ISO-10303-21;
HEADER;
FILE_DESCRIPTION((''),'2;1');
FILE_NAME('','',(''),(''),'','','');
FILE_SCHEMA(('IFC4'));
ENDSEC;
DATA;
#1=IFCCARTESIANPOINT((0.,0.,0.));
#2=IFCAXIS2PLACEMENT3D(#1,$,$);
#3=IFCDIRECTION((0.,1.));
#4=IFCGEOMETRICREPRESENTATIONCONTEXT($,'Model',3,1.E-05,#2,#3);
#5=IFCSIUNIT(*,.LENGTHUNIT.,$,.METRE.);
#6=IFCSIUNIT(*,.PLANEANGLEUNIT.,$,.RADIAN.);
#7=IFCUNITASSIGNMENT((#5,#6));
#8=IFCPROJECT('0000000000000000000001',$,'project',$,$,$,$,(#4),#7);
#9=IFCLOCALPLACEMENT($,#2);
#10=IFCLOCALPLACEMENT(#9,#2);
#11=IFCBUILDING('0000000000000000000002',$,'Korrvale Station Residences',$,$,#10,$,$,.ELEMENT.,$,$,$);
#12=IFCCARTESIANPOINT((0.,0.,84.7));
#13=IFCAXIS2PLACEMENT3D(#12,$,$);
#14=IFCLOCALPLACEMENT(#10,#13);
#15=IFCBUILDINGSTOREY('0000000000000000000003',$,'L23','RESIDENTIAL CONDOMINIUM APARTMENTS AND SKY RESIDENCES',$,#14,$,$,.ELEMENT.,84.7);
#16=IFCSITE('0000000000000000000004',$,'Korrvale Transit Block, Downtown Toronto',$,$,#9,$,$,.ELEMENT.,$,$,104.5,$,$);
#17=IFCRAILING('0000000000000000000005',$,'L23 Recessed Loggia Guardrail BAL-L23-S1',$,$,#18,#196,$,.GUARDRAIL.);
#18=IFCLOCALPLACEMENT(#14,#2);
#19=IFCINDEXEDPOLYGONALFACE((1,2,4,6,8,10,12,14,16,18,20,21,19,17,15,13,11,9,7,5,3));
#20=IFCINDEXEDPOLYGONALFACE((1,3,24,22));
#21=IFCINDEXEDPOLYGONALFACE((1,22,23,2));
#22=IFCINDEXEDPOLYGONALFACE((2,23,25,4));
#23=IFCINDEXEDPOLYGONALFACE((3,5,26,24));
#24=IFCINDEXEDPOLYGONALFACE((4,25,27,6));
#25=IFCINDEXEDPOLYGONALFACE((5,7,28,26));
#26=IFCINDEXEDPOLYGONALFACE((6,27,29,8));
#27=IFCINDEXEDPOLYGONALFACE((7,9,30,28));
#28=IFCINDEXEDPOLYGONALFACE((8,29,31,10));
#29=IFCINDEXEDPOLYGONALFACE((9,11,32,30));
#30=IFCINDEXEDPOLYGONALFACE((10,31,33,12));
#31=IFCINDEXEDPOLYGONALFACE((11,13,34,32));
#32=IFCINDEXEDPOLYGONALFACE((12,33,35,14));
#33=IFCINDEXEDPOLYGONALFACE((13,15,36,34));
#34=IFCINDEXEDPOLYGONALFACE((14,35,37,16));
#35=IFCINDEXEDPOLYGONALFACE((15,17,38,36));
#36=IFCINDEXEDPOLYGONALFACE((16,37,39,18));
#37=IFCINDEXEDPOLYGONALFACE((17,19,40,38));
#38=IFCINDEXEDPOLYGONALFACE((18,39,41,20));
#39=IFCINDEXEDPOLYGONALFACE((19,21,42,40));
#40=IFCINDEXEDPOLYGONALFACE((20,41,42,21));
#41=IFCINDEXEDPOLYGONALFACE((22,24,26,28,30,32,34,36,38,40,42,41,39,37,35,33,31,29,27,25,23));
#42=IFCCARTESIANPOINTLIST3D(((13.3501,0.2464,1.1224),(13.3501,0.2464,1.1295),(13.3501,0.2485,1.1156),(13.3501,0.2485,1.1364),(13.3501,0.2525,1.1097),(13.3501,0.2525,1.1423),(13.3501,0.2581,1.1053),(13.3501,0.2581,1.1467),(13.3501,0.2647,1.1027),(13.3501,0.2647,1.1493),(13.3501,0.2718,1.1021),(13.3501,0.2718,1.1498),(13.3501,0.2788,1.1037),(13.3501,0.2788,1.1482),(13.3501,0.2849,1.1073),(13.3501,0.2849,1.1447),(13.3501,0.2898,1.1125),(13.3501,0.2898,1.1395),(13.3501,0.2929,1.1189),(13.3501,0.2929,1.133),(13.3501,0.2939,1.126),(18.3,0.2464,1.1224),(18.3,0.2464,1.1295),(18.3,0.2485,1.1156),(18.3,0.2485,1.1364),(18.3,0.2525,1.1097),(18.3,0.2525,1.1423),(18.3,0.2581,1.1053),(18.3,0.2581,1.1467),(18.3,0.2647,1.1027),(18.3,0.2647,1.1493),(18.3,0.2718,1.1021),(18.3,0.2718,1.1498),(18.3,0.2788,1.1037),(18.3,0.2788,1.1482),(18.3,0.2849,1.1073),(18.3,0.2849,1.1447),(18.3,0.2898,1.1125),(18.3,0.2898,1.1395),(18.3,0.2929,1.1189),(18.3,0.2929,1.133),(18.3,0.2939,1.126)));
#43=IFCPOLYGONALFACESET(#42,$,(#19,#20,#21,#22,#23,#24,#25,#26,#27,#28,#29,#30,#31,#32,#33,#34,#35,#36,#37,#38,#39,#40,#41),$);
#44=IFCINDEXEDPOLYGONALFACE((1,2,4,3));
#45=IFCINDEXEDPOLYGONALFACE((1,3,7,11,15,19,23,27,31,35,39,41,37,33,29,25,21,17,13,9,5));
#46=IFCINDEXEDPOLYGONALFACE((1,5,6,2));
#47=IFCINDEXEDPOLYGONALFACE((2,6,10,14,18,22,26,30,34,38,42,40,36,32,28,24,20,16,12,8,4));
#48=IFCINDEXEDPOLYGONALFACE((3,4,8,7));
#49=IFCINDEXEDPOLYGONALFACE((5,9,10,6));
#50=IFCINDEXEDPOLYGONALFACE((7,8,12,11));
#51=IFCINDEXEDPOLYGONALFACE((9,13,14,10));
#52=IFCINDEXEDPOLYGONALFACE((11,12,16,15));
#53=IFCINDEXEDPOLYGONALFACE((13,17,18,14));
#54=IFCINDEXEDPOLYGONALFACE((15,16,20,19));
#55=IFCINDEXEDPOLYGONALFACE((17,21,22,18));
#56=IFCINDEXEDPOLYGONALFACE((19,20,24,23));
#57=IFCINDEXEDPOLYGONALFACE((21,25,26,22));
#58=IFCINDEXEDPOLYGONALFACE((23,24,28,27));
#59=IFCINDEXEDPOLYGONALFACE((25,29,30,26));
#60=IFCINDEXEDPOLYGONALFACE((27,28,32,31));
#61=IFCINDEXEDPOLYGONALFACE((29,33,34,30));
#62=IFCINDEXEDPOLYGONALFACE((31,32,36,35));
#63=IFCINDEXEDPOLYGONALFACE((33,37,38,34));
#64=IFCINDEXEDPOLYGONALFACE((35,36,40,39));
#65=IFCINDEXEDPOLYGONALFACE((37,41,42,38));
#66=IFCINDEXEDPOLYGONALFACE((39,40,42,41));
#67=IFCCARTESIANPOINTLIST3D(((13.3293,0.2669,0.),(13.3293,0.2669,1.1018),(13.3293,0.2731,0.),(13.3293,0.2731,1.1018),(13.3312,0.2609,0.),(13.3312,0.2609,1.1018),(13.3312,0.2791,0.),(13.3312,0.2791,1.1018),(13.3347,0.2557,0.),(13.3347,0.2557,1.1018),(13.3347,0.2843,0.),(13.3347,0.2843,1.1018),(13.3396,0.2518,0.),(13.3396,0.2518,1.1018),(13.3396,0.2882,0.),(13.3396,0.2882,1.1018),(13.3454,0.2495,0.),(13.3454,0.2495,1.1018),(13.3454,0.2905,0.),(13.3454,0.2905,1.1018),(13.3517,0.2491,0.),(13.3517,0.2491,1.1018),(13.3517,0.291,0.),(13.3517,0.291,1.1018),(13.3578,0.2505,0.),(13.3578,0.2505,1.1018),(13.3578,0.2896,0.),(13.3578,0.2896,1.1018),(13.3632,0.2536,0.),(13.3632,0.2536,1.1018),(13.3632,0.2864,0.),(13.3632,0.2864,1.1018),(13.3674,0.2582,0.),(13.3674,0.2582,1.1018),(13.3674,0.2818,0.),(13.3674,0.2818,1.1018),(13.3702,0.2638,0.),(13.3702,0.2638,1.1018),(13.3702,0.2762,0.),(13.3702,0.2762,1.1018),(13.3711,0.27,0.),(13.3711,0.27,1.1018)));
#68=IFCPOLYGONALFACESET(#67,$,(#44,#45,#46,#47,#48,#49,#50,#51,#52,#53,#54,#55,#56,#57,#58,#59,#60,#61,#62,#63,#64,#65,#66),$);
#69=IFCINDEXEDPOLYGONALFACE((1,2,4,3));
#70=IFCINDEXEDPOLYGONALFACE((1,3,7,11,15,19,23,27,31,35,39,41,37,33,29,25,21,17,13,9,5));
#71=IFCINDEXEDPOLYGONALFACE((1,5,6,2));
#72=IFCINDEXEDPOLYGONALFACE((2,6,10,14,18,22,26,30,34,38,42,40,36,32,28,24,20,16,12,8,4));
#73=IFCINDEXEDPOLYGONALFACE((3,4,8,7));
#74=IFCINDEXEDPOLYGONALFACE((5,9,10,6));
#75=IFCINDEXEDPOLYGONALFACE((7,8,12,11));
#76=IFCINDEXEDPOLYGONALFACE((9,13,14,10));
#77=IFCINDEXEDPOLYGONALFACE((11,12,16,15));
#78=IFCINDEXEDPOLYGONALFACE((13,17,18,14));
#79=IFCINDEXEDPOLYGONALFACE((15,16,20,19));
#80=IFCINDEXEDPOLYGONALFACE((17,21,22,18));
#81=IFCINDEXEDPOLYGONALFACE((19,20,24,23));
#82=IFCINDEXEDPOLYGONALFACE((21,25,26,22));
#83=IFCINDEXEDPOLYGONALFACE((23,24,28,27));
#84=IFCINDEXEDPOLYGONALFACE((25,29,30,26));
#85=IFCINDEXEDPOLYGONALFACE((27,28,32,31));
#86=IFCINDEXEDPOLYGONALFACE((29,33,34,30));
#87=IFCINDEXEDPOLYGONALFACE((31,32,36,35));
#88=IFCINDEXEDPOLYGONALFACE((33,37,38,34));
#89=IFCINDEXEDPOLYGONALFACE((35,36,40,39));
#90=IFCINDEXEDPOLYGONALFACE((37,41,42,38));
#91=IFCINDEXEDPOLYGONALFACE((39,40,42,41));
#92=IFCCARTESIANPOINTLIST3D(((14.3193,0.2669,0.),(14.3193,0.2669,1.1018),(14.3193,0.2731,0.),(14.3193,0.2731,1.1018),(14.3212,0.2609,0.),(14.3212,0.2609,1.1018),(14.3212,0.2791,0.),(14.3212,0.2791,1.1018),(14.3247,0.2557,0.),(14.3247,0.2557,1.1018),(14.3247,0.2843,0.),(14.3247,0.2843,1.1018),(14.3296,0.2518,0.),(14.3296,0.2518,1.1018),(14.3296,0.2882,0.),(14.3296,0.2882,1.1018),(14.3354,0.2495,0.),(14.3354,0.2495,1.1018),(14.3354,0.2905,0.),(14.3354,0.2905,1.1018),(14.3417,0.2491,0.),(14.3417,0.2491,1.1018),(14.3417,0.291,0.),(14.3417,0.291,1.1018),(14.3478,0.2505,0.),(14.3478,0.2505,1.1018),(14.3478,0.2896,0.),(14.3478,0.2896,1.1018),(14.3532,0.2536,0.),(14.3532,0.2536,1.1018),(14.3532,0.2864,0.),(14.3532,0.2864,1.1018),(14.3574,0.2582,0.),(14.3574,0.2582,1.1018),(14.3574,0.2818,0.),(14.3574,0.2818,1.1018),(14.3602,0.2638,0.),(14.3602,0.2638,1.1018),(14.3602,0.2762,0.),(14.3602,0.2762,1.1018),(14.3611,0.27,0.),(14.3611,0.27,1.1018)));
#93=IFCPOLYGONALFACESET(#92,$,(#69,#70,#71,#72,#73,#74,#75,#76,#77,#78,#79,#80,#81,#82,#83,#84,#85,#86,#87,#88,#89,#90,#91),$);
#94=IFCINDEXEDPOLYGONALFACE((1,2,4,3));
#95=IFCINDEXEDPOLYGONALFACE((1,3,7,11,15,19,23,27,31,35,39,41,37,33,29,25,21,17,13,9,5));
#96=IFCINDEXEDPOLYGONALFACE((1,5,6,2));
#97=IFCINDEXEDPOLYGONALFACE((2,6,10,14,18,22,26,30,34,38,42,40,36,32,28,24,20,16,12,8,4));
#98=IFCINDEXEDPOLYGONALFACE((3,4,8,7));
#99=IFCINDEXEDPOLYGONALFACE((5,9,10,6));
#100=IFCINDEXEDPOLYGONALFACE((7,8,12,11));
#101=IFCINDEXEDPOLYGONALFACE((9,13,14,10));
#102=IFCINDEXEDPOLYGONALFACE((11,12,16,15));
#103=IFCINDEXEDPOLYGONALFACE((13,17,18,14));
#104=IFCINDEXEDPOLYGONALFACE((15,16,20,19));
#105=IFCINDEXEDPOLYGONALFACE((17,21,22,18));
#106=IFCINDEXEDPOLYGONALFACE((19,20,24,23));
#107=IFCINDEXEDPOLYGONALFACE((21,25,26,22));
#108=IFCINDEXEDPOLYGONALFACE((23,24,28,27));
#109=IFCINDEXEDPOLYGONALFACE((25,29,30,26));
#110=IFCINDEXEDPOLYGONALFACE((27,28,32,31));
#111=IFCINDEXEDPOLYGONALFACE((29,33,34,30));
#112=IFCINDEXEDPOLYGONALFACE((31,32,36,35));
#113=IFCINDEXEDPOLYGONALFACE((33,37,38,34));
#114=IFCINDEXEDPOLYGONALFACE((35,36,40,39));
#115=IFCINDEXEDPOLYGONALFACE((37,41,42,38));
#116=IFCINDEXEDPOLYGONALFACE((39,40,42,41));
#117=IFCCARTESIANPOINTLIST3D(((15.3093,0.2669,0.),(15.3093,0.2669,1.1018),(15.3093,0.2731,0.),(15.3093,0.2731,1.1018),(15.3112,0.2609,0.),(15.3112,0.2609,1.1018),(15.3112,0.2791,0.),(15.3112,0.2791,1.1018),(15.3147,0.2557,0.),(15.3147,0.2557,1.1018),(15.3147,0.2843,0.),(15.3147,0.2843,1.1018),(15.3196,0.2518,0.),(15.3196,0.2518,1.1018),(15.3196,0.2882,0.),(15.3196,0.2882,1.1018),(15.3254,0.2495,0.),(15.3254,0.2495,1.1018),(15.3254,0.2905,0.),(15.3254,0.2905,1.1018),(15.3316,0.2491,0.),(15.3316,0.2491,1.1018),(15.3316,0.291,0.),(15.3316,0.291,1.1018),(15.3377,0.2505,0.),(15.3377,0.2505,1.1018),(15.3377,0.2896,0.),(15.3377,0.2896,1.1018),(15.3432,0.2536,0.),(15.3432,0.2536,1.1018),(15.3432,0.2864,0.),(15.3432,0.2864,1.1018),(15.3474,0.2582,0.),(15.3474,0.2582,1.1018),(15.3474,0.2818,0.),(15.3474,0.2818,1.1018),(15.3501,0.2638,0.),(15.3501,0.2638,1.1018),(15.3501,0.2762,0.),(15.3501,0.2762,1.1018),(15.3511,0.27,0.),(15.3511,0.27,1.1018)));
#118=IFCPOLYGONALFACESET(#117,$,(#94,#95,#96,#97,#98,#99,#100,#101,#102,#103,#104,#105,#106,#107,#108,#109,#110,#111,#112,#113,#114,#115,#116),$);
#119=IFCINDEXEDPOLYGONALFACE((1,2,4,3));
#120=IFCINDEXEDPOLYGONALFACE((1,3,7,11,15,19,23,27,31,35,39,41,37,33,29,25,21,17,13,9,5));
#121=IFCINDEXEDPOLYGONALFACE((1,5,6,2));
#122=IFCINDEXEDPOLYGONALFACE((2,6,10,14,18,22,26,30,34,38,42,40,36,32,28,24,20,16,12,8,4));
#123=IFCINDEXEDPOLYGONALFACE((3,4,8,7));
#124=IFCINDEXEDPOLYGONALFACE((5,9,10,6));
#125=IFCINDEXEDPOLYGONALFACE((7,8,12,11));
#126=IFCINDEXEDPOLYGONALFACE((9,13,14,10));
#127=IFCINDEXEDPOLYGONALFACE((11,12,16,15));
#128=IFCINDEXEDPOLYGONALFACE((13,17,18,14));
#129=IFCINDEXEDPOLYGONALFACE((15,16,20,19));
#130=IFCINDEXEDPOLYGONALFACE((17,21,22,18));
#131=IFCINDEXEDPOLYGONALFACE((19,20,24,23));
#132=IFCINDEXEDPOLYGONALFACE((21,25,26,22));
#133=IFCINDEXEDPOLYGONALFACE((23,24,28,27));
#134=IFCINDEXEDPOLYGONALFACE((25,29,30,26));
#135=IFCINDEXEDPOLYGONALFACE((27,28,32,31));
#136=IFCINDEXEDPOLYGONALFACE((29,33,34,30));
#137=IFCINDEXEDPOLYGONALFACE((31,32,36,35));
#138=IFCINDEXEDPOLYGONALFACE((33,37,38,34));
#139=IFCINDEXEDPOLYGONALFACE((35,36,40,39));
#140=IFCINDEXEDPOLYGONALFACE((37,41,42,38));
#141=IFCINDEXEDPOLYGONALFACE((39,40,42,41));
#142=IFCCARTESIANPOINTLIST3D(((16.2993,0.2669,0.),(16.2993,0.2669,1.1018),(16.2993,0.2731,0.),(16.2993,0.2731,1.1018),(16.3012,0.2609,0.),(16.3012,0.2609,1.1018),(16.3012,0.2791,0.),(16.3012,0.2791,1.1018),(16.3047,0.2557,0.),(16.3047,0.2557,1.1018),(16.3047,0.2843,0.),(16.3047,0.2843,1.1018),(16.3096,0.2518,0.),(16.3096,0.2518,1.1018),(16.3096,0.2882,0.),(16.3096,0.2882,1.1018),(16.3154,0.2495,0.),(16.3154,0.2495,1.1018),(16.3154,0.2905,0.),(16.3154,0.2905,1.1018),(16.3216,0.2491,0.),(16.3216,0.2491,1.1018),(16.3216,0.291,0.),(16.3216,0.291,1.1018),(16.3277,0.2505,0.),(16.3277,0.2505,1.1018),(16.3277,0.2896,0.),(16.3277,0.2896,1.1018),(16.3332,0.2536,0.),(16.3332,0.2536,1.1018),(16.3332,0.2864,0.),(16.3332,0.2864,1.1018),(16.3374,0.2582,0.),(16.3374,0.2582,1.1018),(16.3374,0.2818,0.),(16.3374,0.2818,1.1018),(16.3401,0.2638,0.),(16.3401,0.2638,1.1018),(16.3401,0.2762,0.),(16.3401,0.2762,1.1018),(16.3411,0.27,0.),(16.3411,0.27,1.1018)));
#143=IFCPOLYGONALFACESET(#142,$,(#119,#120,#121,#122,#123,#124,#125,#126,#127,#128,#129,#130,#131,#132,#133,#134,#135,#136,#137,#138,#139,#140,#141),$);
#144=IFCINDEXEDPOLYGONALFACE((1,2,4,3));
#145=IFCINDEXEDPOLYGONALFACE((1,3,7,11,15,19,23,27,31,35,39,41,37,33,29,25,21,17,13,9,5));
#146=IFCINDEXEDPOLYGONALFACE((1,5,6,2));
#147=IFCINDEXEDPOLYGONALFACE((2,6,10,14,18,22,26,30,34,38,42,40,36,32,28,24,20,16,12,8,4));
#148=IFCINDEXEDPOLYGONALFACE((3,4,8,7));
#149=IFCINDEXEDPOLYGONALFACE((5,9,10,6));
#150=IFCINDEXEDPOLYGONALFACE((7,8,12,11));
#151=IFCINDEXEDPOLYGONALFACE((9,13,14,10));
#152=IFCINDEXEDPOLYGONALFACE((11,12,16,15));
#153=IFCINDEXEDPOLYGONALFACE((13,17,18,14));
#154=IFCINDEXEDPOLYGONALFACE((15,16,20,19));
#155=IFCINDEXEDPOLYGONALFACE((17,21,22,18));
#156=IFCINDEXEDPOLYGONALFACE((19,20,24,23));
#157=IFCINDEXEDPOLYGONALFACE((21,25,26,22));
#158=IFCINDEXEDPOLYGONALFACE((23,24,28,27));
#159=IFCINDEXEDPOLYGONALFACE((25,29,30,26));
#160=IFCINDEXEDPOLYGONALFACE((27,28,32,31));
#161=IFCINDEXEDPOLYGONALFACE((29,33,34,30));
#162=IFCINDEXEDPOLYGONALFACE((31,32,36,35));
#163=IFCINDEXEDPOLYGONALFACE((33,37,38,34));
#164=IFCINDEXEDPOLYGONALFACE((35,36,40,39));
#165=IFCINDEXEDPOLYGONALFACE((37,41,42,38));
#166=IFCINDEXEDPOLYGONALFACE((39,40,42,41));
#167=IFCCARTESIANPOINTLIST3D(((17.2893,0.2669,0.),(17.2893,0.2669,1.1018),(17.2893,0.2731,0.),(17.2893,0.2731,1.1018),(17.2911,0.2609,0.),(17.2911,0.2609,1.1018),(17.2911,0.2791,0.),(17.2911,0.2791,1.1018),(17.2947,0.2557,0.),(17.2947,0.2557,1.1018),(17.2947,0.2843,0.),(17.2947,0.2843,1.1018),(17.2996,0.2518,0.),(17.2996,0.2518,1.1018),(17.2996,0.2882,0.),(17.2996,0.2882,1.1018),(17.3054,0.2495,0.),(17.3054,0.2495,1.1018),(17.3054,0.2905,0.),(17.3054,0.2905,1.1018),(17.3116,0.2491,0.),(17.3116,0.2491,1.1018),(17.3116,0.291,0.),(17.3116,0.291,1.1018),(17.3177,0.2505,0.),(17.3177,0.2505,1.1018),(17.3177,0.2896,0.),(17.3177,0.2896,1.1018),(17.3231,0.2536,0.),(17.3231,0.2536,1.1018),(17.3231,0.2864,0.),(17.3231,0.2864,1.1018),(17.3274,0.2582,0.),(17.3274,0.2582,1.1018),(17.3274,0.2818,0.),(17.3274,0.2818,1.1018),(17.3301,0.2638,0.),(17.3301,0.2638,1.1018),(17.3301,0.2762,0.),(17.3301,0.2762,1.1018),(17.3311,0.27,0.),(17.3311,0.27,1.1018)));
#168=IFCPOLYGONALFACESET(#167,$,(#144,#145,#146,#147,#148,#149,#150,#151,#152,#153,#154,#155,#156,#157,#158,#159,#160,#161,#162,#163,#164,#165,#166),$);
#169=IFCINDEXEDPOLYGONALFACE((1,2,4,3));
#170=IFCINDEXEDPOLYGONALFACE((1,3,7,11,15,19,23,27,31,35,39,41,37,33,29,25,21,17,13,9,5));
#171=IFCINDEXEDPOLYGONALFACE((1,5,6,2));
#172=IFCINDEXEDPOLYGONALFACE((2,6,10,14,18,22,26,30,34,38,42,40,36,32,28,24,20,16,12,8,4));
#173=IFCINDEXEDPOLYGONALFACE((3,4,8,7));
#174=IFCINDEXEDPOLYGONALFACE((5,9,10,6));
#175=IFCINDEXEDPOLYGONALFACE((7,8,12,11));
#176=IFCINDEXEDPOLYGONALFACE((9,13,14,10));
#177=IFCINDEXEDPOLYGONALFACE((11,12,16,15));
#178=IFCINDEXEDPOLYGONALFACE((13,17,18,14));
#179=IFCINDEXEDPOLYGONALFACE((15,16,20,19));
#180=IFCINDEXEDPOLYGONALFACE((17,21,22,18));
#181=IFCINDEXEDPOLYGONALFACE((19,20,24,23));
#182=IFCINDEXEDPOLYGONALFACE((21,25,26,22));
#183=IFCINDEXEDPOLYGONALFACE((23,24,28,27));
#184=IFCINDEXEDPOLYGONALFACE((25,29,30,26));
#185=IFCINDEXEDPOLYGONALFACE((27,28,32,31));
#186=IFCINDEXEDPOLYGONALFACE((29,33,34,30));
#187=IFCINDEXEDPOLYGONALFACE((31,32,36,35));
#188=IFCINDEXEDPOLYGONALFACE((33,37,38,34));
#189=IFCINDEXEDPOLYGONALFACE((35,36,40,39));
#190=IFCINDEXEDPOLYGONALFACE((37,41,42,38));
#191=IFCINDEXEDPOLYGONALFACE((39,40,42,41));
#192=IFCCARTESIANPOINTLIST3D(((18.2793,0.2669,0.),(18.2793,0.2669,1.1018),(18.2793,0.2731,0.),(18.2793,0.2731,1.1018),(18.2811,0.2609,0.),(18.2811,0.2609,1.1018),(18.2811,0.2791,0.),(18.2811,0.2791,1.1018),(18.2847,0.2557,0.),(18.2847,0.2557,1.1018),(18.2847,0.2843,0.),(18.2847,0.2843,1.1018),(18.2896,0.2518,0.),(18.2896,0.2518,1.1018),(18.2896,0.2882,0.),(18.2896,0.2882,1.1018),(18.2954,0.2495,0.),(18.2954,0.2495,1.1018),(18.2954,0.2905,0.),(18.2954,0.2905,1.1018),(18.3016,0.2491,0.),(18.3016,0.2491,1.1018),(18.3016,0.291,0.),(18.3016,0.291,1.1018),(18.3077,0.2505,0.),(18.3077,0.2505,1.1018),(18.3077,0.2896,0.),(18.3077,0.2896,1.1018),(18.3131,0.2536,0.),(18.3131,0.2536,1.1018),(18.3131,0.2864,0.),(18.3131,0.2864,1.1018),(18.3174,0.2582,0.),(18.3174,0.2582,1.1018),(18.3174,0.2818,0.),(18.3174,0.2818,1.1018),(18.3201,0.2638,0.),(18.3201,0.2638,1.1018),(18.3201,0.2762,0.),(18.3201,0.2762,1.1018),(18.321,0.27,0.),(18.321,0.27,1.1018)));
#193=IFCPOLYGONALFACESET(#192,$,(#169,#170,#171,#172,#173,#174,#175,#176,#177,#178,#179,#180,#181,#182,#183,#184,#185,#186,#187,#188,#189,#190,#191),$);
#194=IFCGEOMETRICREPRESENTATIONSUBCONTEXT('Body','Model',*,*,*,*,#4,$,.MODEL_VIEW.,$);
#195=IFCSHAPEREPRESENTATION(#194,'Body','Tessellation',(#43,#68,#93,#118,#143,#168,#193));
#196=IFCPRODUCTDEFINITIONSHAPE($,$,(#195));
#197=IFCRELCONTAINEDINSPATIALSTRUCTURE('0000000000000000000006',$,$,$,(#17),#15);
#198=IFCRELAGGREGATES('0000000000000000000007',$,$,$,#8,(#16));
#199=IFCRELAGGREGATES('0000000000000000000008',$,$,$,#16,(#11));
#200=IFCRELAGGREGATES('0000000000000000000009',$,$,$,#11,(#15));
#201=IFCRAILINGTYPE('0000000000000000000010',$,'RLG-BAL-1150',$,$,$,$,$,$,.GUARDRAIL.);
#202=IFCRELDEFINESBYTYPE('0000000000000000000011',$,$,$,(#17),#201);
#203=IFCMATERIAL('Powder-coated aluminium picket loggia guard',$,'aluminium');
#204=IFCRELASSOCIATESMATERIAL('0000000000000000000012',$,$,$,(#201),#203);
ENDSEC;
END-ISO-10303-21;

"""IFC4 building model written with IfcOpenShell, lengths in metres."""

from ifc_helpers import new_model, si_unit, direction, frame, origin, origin_2d, place, context, subcontext, project, spatial, circle, extrude, material, type_object, element, save


model = new_model("IFC4")

# Units and contexts
model_context = context("Model", 3, precision=1e-05, world=origin(), true_north=direction((0.0, 1.0)))
body_context = subcontext(model_context, "Body", "Model", "MODEL_VIEW")
ifc_project = project(units=[si_unit("LENGTHUNIT", "METRE"), si_unit("PLANEANGLEUNIT", "RADIAN")], contexts=[model_context])

# Site, building, storey
site_placement = place(None, origin())
site = spatial("IfcSite", under=ifc_project, at=site_placement, Name="Korrvale Transit Block, Downtown Toronto", CompositionType="ELEMENT", RefElevation=104.5)
building_placement = place(site_placement, origin())
building = spatial("IfcBuilding", under=site, at=building_placement, Name="Korrvale Station Residences", CompositionType="ELEMENT")
storey_placement = place(building_placement, frame((0.0, 0.0, 84.7)))
storey = spatial("IfcBuildingStorey", under=building, at=storey_placement, Name="L23", Description="RESIDENTIAL CONDOMINIUM APARTMENTS AND SKY RESIDENCES", CompositionType="ELEMENT", Elevation=84.7)

# Railing
ifc_material_1 = material(Name="Powder-coated aluminium picket loggia guard", Category="aluminium")
railing_type = type_object("IfcRailingType", Name="RLG-BAL-1150", PredefinedType="GUARDRAIL", material=ifc_material_1)
railing_placement = place(storey_placement, frame((13.3501, 0.27, 0.0)))
element("IfcRailing", 1, at=railing_placement, inside=storey, type_object=railing_type, Name="L23 Recessed Loggia Guardrail BAL-L23-S1", PredefinedType="GUARDRAIL", context=body_context, shape_type="SweptSolid", body=[
    extrude(circle(Radius=0.0239, at=origin_2d()), frame((0.0, 0.0, 1.126), z_axis=(1.0, 0.0, 0.0), x_axis=(0.0, 1.0, 0.0)), (0.0, 0.0, 1.0), 4.95),
    extrude(circle(Radius=0.021, at=origin_2d()), origin(), (0.0, 0.0, 1.0), 1.1018),
    extrude(circle(Radius=0.021, at=origin_2d()), frame((0.99, 0.0, 0.0)), (0.0, 0.0, 1.0), 1.1018),
    extrude(circle(Radius=0.021, at=origin_2d()), frame((1.98, 0.0, 0.0)), (0.0, 0.0, 1.0), 1.1018),
    extrude(circle(Radius=0.021, at=origin_2d()), frame((2.97, 0.0, 0.0)), (0.0, 0.0, 1.0), 1.1018),
    extrude(circle(Radius=0.021, at=origin_2d()), frame((3.96, 0.0, 0.0)), (0.0, 0.0, 1.0), 1.1018),
    extrude(circle(Radius=0.021, at=origin_2d()), frame((4.95, 0.0, 0.0)), (0.0, 0.0, 1.0), 1.1018),
])

save(model, "model.ifc")
